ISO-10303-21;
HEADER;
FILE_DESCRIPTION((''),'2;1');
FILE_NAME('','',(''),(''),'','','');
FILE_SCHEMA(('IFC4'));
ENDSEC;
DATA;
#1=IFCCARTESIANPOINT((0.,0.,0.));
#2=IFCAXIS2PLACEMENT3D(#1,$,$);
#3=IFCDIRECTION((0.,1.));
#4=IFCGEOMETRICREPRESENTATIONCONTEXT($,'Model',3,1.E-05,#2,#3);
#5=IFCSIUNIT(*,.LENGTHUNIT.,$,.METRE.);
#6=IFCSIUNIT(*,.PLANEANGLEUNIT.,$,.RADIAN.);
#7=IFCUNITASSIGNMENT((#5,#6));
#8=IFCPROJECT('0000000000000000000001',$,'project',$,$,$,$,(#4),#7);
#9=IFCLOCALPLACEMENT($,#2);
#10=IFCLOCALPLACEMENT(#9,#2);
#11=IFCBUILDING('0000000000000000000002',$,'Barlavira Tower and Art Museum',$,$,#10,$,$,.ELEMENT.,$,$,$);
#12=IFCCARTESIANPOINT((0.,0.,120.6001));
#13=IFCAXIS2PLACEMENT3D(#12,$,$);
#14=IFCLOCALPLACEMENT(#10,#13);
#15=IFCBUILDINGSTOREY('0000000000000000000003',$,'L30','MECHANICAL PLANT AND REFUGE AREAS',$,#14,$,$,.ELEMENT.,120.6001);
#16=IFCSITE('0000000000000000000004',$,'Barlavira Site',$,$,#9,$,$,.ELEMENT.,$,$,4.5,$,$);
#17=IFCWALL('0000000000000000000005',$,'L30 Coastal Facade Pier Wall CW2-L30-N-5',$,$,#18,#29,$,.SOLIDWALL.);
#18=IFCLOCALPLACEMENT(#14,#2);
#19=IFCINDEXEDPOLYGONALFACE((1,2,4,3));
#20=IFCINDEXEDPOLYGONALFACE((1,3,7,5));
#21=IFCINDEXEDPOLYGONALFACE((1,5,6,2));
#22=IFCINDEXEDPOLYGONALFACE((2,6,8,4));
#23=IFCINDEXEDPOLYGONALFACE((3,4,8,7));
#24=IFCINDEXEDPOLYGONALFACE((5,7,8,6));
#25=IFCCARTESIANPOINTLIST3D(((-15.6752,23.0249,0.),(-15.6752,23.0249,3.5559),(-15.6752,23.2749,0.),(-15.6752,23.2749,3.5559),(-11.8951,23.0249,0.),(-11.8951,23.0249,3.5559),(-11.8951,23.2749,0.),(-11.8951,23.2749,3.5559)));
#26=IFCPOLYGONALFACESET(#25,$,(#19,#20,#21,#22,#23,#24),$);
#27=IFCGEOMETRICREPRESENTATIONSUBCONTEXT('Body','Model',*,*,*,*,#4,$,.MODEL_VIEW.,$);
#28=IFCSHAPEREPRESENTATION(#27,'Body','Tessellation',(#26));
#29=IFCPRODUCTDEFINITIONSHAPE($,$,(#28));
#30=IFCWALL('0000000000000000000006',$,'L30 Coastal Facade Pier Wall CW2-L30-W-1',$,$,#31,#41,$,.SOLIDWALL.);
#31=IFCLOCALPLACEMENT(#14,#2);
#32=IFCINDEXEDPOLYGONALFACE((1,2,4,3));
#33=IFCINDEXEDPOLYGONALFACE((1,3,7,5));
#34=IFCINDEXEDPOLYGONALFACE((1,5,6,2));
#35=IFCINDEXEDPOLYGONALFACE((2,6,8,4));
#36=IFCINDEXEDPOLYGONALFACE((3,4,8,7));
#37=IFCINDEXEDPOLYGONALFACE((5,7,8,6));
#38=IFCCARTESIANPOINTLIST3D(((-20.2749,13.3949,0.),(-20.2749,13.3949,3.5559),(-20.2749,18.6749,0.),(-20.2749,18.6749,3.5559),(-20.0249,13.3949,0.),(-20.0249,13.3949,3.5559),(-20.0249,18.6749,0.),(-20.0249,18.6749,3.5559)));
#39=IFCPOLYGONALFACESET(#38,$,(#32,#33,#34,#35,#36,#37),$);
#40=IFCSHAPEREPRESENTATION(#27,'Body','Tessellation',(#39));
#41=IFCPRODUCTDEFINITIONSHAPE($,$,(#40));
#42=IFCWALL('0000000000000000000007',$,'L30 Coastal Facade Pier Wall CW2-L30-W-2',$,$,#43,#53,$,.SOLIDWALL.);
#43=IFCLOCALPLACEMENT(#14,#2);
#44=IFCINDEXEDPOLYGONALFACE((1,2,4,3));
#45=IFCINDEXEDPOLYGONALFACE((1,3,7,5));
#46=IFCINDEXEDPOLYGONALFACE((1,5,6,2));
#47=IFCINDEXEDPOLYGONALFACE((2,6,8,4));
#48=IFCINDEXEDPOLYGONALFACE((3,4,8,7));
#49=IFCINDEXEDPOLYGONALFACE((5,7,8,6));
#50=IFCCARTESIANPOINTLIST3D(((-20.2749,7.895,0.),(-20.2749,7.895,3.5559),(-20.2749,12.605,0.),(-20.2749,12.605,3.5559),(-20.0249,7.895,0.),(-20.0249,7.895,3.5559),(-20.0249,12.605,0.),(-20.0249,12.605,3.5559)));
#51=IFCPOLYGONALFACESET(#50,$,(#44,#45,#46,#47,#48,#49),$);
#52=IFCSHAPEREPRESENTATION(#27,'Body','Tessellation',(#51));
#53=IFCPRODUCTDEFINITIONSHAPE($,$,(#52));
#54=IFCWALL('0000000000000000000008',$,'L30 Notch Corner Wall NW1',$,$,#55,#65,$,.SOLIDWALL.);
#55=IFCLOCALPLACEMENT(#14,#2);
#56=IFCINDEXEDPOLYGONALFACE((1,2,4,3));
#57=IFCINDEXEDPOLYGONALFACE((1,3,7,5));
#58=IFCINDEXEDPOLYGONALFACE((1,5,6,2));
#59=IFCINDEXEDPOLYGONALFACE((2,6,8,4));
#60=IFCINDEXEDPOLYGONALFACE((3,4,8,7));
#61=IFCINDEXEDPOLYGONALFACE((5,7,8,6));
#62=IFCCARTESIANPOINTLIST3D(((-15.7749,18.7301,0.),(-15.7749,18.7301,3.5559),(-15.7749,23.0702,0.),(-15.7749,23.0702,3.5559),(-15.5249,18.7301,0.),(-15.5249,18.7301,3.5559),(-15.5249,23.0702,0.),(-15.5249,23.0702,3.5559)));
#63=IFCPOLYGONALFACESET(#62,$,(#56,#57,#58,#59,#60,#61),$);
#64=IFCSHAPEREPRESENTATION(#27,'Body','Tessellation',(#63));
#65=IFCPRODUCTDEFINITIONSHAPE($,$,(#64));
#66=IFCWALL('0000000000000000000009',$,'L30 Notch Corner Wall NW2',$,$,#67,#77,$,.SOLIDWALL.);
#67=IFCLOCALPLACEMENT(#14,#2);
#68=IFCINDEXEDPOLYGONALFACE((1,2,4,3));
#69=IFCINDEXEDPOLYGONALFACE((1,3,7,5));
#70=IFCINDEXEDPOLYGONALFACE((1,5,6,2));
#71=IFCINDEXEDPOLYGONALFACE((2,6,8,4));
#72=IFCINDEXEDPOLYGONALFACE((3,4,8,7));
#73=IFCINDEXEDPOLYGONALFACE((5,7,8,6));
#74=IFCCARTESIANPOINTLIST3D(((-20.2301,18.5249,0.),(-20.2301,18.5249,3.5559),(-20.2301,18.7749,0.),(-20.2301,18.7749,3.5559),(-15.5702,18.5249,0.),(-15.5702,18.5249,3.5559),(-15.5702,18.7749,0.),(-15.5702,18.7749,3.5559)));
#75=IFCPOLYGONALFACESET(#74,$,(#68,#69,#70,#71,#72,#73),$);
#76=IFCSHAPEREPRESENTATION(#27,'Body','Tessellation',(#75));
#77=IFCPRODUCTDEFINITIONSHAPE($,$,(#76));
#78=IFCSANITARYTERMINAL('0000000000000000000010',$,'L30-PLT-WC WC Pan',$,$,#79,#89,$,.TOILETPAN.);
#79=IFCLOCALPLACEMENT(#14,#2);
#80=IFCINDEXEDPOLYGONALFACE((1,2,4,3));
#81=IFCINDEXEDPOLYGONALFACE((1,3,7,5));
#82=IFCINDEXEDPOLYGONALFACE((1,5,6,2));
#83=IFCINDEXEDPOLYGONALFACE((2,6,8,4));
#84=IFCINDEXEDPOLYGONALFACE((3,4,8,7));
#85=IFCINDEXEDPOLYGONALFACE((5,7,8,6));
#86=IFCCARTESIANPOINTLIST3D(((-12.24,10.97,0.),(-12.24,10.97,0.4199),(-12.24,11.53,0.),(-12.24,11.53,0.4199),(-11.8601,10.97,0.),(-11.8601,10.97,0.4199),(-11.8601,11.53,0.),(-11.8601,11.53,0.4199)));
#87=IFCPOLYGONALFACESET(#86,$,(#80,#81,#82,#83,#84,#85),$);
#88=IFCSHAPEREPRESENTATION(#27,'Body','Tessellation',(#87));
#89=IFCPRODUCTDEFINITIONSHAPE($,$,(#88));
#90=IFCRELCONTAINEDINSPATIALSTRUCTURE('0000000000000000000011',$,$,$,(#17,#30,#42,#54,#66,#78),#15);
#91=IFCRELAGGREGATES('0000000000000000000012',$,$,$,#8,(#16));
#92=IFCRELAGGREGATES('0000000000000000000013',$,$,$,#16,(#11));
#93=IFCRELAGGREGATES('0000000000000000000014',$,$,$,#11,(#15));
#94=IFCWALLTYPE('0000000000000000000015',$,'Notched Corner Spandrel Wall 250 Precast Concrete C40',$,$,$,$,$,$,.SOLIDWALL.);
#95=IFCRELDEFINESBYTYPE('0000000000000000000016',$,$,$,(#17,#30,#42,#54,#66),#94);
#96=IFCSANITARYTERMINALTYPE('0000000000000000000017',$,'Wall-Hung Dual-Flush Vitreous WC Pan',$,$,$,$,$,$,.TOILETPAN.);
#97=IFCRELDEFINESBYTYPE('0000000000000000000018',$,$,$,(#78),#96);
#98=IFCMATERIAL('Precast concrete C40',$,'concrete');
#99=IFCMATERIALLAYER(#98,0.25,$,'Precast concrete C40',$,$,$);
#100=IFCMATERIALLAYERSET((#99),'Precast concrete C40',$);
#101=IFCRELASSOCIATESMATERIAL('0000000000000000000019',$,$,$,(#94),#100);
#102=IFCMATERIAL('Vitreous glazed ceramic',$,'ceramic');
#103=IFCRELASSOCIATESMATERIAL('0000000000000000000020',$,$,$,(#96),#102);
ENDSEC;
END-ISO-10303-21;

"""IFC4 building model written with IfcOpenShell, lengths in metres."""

from ifc_helpers import new_model, si_unit, direction, frame, frame_2d, origin, origin_2d, place, context, subcontext, project, spatial, rectangle, extrude, material, layer, layer_set, type_object, element, save


model = new_model("IFC4")

# Units and contexts
model_context = context("Model", 3, precision=1e-05, world=origin(), true_north=direction((0.0, 1.0)))
body_context = subcontext(model_context, "Body", "Model", "MODEL_VIEW")
ifc_project = project(units=[si_unit("LENGTHUNIT", "METRE"), si_unit("PLANEANGLEUNIT", "RADIAN")], contexts=[model_context])

# Site, building, storey
site_placement = place(None, origin())
site = spatial("IfcSite", under=ifc_project, at=site_placement, Name="Barlavira Site", CompositionType="ELEMENT", RefElevation=4.5)
building_placement = place(site_placement, origin())
building = spatial("IfcBuilding", under=site, at=building_placement, Name="Barlavira Tower and Art Museum", CompositionType="ELEMENT")
storey_placement = place(building_placement, frame((0.0, 0.0, 120.6001)))
storey = spatial("IfcBuildingStorey", under=building, at=storey_placement, Name="L30", Description="MECHANICAL PLANT AND REFUGE AREAS", CompositionType="ELEMENT", Elevation=120.6001)

# Walls
ifc_material_1 = material(Name="Precast concrete C40", Category="concrete")
ifc_layer_1 = layer(ifc_material_1, 0.25, Name="Precast concrete C40")
ifc_layer_set_1 = layer_set([ifc_layer_1], Name="Precast concrete C40")
wall_type_1 = type_object("IfcWallType", Name="Notched Corner Spandrel Wall 250 Precast Concrete C40", PredefinedType="SOLIDWALL", material=ifc_layer_set_1)
wall_1_placement = place(storey_placement, frame((-11.895, 23.1499, 0.0), z_axis=(0.0, 0.0, 1.0), x_axis=(-1.0, 0.0, 0.0)))
element("IfcWall", 1, at=wall_1_placement, inside=storey, type_object=wall_type_1, Name="L30 Coastal Facade Pier Wall CW2-L30-N-5", PredefinedType="SOLIDWALL", context=body_context, shape_type="SweptSolid", body=[
    extrude(rectangle(XDim=3.78, YDim=0.25, at=frame_2d((1.8901, 0.0))), origin(), (0.0, 0.0, 1.0), 3.5559),
])
wall_2_placement = place(storey_placement, frame((-20.1499, 18.675, 0.0), z_axis=(0.0, 0.0, 1.0), x_axis=(0.0, -1.0, 0.0)))
element("IfcWall", 2, at=wall_2_placement, inside=storey, type_object=wall_type_1, Name="L30 Coastal Facade Pier Wall CW2-L30-W-1", PredefinedType="SOLIDWALL", context=body_context, shape_type="SweptSolid", body=[
    extrude(rectangle(XDim=5.28, YDim=0.25, at=frame_2d((2.6401, 0.0))), origin(), (0.0, 0.0, 1.0), 3.5559),
])
wall_3_placement = place(storey_placement, frame((-20.1499, 12.605, 0.0), z_axis=(0.0, 0.0, 1.0), x_axis=(0.0, -1.0, 0.0)))
element("IfcWall", 3, at=wall_3_placement, inside=storey, type_object=wall_type_1, Name="L30 Coastal Facade Pier Wall CW2-L30-W-2", PredefinedType="SOLIDWALL", context=body_context, shape_type="SweptSolid", body=[
    extrude(rectangle(XDim=4.71, YDim=0.25, at=frame_2d((2.355, 0.0))), origin(), (0.0, 0.0, 1.0), 3.5559),
])
wall_4_placement = place(storey_placement, frame((-15.6499, 23.0701, 0.0), z_axis=(0.0, 0.0, 1.0), x_axis=(0.0, -1.0, 0.0)))
element("IfcWall", 4, at=wall_4_placement, inside=storey, type_object=wall_type_1, Name="L30 Notch Corner Wall NW1", PredefinedType="SOLIDWALL", context=body_context, shape_type="SweptSolid", body=[
    extrude(rectangle(XDim=4.3401, YDim=0.25, at=frame_2d((2.1699, 0.0))), origin(), (0.0, 0.0, 1.0), 3.5559),
])
wall_5_placement = place(storey_placement, frame((-15.5701, 18.6499, 0.0), z_axis=(0.0, 0.0, 1.0), x_axis=(-1.0, 0.0, 0.0)))
element("IfcWall", 5, at=wall_5_placement, inside=storey, type_object=wall_type_1, Name="L30 Notch Corner Wall NW2", PredefinedType="SOLIDWALL", context=body_context, shape_type="SweptSolid", body=[
    extrude(rectangle(XDim=4.6599, YDim=0.25, at=frame_2d((2.3301, 0.0))), origin(), (0.0, 0.0, 1.0), 3.5559),
])

# Sanitary terminal
ifc_material_2 = material(Name="Vitreous glazed ceramic", Category="ceramic")
sanitary_terminal_type = type_object("IfcSanitaryTerminalType", Name="Wall-Hung Dual-Flush Vitreous WC Pan", PredefinedType="TOILETPAN", material=ifc_material_2)
sanitary_terminal_placement = place(storey_placement, frame((-12.05, 11.25, 0.0), z_axis=(0.0, 0.0, 1.0), x_axis=(1.0, 0.0, 0.0)))
element("IfcSanitaryTerminal", 6, at=sanitary_terminal_placement, inside=storey, type_object=sanitary_terminal_type, Name="L30-PLT-WC WC Pan", PredefinedType="TOILETPAN", context=body_context, shape_type="SweptSolid", body=[
    extrude(rectangle(XDim=0.3799, YDim=0.5601, at=origin_2d()), origin(), (0.0, 0.0, 1.0), 0.4199),
])

save(model, "model.ifc")
